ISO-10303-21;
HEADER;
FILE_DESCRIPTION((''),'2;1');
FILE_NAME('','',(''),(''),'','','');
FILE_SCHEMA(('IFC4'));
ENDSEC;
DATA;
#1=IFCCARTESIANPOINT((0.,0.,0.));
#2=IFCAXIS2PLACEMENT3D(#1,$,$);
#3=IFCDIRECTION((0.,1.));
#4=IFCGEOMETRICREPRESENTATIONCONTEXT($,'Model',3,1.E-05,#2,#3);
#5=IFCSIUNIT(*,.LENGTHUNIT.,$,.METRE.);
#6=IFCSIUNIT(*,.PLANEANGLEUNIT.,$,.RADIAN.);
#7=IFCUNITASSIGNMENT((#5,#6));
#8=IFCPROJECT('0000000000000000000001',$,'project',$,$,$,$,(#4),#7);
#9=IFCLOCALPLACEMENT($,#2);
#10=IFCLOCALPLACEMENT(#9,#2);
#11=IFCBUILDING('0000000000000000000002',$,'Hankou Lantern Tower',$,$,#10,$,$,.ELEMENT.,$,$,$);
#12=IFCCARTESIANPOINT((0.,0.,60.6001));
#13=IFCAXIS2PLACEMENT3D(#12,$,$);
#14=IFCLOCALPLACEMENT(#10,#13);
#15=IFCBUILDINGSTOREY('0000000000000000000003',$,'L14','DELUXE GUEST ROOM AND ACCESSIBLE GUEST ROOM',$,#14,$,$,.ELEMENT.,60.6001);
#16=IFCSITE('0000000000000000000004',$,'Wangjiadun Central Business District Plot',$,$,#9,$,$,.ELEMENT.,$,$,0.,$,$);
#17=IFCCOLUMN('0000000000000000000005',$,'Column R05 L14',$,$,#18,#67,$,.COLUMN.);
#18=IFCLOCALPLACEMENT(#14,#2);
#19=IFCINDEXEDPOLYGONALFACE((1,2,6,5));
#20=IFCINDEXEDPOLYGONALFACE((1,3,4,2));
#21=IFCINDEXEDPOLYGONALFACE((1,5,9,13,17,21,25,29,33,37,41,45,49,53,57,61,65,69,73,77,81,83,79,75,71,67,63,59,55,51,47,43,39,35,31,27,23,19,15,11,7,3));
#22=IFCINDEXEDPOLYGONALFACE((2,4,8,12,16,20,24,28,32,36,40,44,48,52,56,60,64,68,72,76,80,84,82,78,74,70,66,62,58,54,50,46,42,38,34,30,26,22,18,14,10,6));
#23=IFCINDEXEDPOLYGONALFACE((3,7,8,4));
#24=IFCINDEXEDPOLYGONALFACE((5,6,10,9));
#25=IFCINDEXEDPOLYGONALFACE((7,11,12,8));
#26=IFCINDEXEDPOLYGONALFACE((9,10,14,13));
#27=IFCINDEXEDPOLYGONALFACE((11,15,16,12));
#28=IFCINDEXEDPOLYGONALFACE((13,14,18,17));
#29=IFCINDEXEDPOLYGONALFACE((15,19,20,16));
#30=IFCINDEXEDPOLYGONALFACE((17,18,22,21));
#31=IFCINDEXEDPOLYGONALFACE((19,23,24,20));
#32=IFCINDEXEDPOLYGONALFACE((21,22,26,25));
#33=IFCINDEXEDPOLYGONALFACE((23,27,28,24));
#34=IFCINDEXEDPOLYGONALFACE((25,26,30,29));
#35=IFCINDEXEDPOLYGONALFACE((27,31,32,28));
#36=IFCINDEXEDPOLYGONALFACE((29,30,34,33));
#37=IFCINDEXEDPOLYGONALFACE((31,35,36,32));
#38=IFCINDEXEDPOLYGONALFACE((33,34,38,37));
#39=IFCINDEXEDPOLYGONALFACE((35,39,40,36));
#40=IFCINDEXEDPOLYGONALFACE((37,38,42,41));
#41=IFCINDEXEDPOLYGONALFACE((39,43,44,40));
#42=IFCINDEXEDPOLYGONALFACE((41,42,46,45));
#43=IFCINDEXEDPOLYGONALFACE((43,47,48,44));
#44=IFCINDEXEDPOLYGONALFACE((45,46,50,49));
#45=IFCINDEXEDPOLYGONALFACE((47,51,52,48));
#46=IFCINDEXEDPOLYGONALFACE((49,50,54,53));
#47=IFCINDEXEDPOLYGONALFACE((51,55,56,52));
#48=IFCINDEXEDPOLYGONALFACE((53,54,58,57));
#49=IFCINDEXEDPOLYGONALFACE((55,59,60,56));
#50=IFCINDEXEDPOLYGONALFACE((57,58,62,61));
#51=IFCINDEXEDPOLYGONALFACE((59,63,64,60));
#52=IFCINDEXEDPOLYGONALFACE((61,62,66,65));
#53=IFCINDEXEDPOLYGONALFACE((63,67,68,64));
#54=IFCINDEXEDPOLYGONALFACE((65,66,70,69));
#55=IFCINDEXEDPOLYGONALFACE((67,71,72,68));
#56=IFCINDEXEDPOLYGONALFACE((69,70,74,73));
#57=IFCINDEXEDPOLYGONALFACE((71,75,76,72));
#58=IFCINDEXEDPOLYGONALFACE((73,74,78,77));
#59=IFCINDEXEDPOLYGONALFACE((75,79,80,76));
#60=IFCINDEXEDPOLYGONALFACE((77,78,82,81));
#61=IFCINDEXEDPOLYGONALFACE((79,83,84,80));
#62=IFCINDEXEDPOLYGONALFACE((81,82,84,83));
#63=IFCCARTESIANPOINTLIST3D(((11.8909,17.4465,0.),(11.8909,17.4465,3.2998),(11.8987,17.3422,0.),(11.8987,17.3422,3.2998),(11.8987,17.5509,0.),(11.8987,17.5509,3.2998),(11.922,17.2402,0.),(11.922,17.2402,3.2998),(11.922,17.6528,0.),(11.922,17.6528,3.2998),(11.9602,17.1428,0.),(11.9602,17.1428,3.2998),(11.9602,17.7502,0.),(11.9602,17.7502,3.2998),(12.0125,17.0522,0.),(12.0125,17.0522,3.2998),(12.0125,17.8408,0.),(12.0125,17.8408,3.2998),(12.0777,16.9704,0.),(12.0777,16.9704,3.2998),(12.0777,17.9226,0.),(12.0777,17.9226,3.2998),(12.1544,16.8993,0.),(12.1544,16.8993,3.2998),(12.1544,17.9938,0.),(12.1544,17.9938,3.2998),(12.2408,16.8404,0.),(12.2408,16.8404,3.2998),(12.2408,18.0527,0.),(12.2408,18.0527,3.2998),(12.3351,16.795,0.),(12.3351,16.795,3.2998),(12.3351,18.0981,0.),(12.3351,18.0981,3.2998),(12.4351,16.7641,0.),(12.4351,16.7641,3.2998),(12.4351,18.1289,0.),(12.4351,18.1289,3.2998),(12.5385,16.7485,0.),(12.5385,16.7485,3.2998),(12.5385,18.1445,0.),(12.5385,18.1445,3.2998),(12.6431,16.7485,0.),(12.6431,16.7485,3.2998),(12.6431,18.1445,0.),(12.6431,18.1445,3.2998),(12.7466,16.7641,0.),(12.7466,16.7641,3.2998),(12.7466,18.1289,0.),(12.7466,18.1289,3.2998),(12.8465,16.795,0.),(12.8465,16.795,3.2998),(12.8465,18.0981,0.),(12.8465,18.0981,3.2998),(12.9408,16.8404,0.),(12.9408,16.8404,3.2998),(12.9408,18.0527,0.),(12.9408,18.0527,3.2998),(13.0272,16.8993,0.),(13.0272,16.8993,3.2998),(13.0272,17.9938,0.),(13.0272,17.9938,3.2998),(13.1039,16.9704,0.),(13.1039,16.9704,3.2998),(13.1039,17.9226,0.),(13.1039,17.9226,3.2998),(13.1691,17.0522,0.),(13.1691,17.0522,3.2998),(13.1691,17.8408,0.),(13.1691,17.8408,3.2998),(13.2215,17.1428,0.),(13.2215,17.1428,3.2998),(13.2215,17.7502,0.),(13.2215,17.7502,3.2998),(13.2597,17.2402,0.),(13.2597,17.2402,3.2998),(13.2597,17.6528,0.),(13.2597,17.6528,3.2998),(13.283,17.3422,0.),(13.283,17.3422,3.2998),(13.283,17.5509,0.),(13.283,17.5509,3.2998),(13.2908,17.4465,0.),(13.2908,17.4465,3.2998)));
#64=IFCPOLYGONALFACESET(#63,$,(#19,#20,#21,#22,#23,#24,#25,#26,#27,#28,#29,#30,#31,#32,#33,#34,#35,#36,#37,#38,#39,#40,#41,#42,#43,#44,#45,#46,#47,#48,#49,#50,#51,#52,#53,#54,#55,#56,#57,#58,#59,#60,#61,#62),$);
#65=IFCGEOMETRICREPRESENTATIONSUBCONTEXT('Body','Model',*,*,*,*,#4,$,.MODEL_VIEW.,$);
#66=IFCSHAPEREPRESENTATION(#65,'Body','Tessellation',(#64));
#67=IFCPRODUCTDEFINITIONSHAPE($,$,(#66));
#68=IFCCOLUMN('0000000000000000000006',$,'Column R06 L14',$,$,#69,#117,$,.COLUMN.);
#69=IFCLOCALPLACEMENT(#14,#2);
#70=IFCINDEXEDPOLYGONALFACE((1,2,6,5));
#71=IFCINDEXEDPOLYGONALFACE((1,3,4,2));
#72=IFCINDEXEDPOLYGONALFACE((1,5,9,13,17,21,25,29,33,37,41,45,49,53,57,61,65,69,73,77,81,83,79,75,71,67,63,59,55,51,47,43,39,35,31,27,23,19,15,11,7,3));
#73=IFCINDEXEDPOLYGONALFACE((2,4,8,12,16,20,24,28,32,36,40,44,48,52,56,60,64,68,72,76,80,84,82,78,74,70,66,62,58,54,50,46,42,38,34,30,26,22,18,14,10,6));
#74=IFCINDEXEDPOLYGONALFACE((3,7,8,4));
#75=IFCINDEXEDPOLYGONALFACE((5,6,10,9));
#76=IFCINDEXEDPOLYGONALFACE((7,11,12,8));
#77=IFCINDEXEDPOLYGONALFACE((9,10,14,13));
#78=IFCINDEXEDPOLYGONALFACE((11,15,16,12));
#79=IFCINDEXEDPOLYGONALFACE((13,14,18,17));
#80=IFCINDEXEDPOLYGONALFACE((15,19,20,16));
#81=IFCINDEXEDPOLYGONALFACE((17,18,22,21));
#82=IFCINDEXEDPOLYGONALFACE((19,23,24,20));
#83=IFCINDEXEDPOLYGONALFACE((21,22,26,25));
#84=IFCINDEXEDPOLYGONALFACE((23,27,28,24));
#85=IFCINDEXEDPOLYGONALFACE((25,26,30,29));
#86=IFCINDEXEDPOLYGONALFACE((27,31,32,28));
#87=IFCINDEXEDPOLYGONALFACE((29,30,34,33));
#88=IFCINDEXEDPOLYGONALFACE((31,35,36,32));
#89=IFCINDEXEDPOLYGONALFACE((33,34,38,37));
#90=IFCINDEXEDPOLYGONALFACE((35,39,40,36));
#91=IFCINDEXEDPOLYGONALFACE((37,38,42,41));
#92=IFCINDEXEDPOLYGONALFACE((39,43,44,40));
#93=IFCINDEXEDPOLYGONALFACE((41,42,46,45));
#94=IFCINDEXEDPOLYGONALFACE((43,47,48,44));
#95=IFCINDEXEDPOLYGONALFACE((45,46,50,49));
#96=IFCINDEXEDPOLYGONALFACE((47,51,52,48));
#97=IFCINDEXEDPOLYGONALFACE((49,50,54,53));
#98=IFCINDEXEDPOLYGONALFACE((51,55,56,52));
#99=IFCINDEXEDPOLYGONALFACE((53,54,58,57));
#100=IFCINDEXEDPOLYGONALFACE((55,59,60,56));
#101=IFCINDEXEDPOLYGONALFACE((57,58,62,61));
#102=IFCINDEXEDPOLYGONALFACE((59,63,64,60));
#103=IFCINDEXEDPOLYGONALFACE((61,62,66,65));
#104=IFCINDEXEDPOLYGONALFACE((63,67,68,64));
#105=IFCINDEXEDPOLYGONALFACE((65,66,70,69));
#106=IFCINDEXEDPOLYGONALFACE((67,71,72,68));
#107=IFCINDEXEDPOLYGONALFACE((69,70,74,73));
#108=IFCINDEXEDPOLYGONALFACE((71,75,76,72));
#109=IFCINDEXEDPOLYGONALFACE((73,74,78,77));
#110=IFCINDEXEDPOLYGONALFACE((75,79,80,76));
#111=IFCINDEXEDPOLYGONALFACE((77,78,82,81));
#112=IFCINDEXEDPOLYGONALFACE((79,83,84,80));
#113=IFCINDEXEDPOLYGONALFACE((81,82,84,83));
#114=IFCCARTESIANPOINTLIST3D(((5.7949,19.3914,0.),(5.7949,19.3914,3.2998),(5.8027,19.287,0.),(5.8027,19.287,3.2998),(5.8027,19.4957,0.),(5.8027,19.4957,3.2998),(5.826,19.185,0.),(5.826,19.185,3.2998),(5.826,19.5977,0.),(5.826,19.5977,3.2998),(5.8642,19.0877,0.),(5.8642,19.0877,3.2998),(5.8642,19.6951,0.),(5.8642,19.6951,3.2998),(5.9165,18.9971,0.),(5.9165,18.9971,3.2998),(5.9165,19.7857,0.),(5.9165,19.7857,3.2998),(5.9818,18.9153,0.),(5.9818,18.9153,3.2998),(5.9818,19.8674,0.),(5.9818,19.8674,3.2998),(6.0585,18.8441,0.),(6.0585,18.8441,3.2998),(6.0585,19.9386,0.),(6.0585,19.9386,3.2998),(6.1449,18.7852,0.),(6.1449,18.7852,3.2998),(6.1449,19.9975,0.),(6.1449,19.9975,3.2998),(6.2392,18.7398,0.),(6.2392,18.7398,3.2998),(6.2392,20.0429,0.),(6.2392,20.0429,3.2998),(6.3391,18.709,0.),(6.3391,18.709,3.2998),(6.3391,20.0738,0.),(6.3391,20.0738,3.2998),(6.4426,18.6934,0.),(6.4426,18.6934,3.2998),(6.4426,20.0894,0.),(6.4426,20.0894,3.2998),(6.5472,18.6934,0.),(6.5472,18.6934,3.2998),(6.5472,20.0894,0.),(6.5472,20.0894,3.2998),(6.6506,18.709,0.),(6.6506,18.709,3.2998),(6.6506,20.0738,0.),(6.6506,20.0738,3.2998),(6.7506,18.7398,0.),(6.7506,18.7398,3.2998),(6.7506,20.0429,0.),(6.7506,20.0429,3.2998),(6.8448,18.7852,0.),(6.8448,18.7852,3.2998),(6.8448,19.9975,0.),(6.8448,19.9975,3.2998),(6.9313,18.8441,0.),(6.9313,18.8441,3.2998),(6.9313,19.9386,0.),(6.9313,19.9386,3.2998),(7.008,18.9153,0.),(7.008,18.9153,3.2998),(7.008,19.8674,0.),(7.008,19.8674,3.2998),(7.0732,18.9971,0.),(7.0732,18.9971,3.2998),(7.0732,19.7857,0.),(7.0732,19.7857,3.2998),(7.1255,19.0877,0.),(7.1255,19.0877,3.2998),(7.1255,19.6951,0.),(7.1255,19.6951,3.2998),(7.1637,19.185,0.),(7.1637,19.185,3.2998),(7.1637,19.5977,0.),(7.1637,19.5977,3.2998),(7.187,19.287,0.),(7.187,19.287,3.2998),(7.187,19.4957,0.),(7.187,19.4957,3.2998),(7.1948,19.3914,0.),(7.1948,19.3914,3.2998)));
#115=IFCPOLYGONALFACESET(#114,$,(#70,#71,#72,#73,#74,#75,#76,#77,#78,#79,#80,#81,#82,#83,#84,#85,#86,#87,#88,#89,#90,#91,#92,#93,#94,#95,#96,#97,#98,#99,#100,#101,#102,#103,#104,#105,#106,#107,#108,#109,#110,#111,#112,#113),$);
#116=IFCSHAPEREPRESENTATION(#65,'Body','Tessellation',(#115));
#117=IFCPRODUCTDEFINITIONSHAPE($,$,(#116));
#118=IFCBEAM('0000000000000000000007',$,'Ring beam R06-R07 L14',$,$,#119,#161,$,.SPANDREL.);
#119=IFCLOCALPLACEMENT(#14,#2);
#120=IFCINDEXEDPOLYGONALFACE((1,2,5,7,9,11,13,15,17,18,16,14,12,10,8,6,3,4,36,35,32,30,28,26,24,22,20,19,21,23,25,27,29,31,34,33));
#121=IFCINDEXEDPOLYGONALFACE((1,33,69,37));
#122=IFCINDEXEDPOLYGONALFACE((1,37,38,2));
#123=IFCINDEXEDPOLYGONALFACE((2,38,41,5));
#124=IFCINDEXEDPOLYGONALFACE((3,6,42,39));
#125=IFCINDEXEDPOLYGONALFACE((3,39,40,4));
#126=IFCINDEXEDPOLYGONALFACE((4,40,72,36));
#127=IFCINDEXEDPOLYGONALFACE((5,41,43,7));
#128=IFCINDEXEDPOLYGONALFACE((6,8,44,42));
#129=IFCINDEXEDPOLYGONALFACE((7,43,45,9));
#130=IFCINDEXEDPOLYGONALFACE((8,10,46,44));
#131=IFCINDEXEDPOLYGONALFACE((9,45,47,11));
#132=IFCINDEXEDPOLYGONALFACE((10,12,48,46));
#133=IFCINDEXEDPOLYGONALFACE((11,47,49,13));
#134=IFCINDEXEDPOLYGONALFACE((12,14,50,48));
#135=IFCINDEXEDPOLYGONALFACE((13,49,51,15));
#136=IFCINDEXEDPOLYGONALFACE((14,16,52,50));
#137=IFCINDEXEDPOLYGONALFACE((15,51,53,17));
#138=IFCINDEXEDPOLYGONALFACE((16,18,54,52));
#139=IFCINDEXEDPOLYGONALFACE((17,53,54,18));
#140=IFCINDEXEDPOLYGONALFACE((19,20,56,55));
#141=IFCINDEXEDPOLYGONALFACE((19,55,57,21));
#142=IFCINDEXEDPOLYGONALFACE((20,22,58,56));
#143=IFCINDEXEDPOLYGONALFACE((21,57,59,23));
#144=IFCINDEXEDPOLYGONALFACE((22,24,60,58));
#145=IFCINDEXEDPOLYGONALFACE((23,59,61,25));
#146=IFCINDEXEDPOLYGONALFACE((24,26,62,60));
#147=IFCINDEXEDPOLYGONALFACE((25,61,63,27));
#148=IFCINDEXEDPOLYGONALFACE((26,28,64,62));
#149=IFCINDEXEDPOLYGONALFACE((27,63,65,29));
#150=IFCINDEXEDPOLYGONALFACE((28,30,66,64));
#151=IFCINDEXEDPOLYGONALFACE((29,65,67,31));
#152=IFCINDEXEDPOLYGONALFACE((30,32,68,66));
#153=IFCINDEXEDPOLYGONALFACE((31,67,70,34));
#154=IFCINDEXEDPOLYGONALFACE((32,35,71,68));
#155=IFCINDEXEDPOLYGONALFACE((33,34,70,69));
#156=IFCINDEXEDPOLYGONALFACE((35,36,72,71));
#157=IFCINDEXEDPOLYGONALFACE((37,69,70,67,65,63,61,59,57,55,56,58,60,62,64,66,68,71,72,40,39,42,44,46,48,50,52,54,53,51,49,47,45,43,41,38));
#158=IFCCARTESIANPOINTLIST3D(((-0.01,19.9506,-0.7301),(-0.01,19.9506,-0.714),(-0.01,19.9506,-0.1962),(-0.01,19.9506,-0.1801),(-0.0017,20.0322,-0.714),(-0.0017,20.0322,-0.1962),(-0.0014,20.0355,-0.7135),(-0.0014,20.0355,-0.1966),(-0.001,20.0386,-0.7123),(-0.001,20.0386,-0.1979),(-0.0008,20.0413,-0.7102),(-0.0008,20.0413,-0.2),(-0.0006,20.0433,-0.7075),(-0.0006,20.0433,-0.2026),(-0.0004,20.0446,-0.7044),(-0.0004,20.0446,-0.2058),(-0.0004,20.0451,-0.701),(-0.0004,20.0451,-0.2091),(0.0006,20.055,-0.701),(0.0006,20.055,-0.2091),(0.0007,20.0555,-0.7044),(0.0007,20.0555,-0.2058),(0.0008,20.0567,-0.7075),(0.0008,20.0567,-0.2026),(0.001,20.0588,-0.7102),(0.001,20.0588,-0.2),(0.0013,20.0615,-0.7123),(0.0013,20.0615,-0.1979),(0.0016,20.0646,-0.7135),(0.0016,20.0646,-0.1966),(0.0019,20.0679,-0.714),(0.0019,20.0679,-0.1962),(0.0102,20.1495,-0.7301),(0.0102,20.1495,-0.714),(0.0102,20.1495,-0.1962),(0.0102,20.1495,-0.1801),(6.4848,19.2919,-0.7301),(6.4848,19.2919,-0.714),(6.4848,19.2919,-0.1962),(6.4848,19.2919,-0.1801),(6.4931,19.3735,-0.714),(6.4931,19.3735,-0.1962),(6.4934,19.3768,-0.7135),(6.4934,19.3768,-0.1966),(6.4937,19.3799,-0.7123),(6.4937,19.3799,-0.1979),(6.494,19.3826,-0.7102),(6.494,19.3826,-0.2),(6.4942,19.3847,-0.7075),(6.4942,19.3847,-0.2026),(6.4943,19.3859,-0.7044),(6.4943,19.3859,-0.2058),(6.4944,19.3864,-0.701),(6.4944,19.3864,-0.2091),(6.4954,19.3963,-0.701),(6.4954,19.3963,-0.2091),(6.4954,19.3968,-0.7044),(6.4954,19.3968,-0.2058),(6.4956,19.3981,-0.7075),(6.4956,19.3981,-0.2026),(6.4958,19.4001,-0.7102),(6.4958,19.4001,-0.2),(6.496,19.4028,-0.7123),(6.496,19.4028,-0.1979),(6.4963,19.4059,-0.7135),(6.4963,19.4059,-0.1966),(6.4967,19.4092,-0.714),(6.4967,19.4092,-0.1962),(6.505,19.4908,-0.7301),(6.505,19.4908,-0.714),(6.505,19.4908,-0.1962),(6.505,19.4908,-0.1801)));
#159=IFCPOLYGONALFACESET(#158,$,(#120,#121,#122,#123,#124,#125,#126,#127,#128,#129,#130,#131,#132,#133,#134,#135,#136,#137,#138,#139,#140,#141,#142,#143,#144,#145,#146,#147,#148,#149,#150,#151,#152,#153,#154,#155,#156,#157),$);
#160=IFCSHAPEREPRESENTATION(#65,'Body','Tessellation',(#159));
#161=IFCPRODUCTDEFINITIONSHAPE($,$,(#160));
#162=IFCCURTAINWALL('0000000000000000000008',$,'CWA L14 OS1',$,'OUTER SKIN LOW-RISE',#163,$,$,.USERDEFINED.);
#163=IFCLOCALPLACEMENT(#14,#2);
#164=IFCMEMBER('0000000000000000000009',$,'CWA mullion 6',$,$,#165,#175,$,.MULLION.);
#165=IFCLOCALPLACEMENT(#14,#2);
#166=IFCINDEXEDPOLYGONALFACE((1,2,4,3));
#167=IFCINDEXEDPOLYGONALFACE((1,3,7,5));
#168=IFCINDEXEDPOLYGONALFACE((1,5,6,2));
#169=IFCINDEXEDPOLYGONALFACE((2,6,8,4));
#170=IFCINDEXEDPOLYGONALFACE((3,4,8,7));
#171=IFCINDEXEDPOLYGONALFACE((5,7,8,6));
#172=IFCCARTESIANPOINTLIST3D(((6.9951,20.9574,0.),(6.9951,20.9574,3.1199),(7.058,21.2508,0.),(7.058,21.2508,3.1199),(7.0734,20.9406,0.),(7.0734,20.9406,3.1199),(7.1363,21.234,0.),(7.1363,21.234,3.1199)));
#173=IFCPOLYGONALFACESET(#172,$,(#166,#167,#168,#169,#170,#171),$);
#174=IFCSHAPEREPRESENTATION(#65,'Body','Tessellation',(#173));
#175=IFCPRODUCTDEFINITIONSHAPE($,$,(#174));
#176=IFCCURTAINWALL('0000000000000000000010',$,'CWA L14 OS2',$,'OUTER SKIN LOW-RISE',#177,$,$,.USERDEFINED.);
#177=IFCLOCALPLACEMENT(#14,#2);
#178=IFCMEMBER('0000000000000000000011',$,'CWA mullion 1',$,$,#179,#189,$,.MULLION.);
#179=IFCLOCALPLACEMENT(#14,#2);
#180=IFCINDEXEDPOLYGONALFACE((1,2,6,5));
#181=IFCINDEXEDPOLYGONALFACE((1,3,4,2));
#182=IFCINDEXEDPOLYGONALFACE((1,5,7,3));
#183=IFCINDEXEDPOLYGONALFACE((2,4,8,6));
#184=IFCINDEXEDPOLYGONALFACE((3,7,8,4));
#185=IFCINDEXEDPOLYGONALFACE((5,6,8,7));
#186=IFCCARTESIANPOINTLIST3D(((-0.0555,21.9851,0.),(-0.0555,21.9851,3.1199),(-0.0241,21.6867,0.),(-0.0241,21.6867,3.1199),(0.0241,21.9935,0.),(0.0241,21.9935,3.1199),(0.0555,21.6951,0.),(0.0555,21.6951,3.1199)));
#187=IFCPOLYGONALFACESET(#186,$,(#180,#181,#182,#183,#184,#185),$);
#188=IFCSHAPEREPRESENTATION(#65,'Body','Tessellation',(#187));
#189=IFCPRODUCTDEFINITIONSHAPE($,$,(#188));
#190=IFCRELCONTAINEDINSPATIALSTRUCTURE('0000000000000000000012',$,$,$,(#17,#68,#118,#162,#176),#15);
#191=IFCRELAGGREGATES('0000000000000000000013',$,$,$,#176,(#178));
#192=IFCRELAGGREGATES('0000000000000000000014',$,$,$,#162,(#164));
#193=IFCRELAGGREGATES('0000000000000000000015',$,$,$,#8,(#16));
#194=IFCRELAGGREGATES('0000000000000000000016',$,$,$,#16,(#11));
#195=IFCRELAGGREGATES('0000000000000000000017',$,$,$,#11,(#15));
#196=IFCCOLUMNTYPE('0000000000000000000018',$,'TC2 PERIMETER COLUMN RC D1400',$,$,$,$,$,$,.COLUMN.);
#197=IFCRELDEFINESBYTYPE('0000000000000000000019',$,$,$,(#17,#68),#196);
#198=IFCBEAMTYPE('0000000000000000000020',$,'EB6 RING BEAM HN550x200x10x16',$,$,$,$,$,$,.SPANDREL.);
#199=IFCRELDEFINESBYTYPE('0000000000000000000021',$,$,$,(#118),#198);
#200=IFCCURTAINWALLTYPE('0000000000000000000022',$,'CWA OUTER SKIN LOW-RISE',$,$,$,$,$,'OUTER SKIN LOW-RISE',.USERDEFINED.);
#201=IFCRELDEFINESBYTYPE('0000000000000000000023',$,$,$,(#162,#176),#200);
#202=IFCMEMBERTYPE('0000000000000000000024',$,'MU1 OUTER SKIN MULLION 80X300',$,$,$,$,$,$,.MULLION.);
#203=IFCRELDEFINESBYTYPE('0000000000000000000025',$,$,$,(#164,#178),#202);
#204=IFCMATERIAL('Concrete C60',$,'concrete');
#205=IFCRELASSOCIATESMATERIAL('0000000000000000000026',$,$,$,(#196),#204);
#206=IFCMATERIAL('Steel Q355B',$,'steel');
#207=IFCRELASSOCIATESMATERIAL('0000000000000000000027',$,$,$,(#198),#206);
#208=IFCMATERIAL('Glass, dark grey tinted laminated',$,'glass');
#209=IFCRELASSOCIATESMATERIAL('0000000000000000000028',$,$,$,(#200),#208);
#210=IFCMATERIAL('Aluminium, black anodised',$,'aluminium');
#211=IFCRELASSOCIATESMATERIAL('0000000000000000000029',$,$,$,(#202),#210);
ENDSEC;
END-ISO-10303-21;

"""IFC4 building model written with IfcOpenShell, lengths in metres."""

from ifc_helpers import new_model, si_unit, direction, frame, origin, origin_2d, place, context, subcontext, project, spatial, rectangle, circle, i_section, extrude, material, material_profile, profile_set, type_object, element, aggregate, save


model = new_model("IFC4")

# Units and contexts
model_context = context("Model", 3, precision=1e-05, world=origin(), true_north=direction((0.0, 1.0)))
body_context = subcontext(model_context, "Body", "Model", "MODEL_VIEW")
ifc_project = project(units=[si_unit("LENGTHUNIT", "METRE"), si_unit("PLANEANGLEUNIT", "RADIAN")], contexts=[model_context])

# Site, building, storey
site_placement = place(None, origin())
site = spatial("IfcSite", under=ifc_project, at=site_placement, Name="Wangjiadun Central Business District Plot", CompositionType="ELEMENT", RefElevation=0.0)
building_placement = place(site_placement, origin())
building = spatial("IfcBuilding", under=site, at=building_placement, Name="Hankou Lantern Tower", CompositionType="ELEMENT")
storey_placement = place(building_placement, frame((0.0, 0.0, 60.6001)))
storey = spatial("IfcBuildingStorey", under=building, at=storey_placement, Name="L14", Description="DELUXE GUEST ROOM AND ACCESSIBLE GUEST ROOM", CompositionType="ELEMENT", Elevation=60.6001)

# Columns
ifc_material_1 = material(Name="Concrete C60", Category="concrete")
ifc_material_profile_1 = material_profile(ifc_material_1, circle(Radius=0.7, at=origin_2d()), Name="RC D1400")
ifc_profile_set_1 = profile_set([ifc_material_profile_1], Name="Concrete C60")
column_type = type_object("IfcColumnType", Name="TC2 PERIMETER COLUMN RC D1400", PredefinedType="COLUMN", material=ifc_profile_set_1)
for number, where, z_axis, x_axis, name in (
    (1, (12.5908, 17.4465, 0.0), (0.0, 0.0, 1.0), (1.0, 0.0, 0.0), "Column R05 L14"),
    (2, (6.4949, 19.3914, 0.0), (0.0, 0.0, 1.0), (1.0, 0.0, 0.0), "Column R06 L14"),
):
    element("IfcColumn", number, at=place(storey_placement, frame(where, z_axis=z_axis, x_axis=x_axis)), inside=storey, type_object=column_type, Name=name, PredefinedType="COLUMN", context=body_context, shape_type="SweptSolid", body=[
        extrude(circle(Radius=0.7, at=origin_2d()), origin(), (0.0, 0.0, 1.0), 3.2998),
    ])

# Beam
ifc_material_2 = material(Name="Steel Q355B", Category="steel")
ifc_material_profile_2 = material_profile(ifc_material_2, i_section(OverallWidth=0.2, OverallDepth=0.55, WebThickness=0.01, FlangeThickness=0.0161, FilletRadius=0.0129, at=origin_2d()), Name="HN550x200x10x16")
ifc_profile_set_2 = profile_set([ifc_material_profile_2], Name="Steel Q355B")
beam_type_1 = type_object("IfcBeamType", Name="EB6 RING BEAM HN550x200x10x16", PredefinedType="SPANDREL", material=ifc_profile_set_2)
beam_1_placement = place(storey_placement, frame((6.4949, 19.3914, -0.4551), z_axis=(-0.994897, 0.1009, 0.0), x_axis=(-0.1009, -0.994897, 0.0)))
element("IfcBeam", 3, at=beam_1_placement, inside=storey, type_object=beam_type_1, Name="Ring beam R06-R07 L14", PredefinedType="SPANDREL", context=body_context, shape_type="SweptSolid", body=[
    extrude(i_section(OverallWidth=0.2, OverallDepth=0.55, WebThickness=0.01, FlangeThickness=0.0161, FilletRadius=0.0129, at=origin_2d()), origin(), (0.0, 0.0, 1.0), 6.5281),
])

# Curtain walls, members
ifc_material_3 = material(Name="Glass, dark grey tinted laminated", Category="glass")
curtain_wall_type = type_object("IfcCurtainWallType", Name="CWA OUTER SKIN LOW-RISE", ElementType="OUTER SKIN LOW-RISE", PredefinedType="USERDEFINED", material=ifc_material_3)
curtain_wall_1_placement = place(storey_placement, origin())
curtain_wall_1 = element("IfcCurtainWall", 4, at=curtain_wall_1_placement, inside=storey, type_object=curtain_wall_type, Name="CWA L14 OS1", ObjectType="OUTER SKIN LOW-RISE", PredefinedType="USERDEFINED")
ifc_material_4 = material(Name="Aluminium, black anodised", Category="aluminium")
ifc_material_profile_3 = material_profile(ifc_material_4, rectangle(XDim=0.0801, YDim=0.3, at=origin_2d()), Name="MU1 80X300")
ifc_profile_set_3 = profile_set([ifc_material_profile_3], Name="Aluminium, black anodised")
member_type_1 = type_object("IfcMemberType", Name="MU1 OUTER SKIN MULLION 80X300", PredefinedType="MULLION", material=ifc_profile_set_3)
member_1_placement = place(storey_placement, frame((7.0657, 21.0957, 0.0), z_axis=(0.0, 0.0, 1.0), x_axis=(-0.977788, 0.209598, 0.0)))
member_1 = element("IfcMember", 5, at=member_1_placement, type_object=member_type_1, Name="CWA mullion 6", PredefinedType="MULLION", context=body_context, shape_type="SweptSolid", body=[
    extrude(rectangle(XDim=0.0801, YDim=0.3, at=origin_2d()), origin(), (0.0, 0.0, 1.0), 3.1199),
])
curtain_wall_2_placement = place(storey_placement, origin())
curtain_wall_2 = element("IfcCurtainWall", 6, at=curtain_wall_2_placement, inside=storey, type_object=curtain_wall_type, Name="CWA L14 OS2", ObjectType="OUTER SKIN LOW-RISE", PredefinedType="USERDEFINED")
member_2_placement = place(storey_placement, frame((0.0, 21.8401, 0.0), z_axis=(0.0, 0.0, 1.0), x_axis=(-0.994499, -0.104743, 0.0)))
member_2 = element("IfcMember", 7, at=member_2_placement, type_object=member_type_1, Name="CWA mullion 1", PredefinedType="MULLION", context=body_context, shape_type="SweptSolid", body=[
    extrude(rectangle(XDim=0.0801, YDim=0.3, at=origin_2d()), origin(), (0.0, 0.0, 1.0), 3.1199),
])
aggregate(curtain_wall_2, [member_2])

aggregate(curtain_wall_1, [member_1])

save(model, "model.ifc")
